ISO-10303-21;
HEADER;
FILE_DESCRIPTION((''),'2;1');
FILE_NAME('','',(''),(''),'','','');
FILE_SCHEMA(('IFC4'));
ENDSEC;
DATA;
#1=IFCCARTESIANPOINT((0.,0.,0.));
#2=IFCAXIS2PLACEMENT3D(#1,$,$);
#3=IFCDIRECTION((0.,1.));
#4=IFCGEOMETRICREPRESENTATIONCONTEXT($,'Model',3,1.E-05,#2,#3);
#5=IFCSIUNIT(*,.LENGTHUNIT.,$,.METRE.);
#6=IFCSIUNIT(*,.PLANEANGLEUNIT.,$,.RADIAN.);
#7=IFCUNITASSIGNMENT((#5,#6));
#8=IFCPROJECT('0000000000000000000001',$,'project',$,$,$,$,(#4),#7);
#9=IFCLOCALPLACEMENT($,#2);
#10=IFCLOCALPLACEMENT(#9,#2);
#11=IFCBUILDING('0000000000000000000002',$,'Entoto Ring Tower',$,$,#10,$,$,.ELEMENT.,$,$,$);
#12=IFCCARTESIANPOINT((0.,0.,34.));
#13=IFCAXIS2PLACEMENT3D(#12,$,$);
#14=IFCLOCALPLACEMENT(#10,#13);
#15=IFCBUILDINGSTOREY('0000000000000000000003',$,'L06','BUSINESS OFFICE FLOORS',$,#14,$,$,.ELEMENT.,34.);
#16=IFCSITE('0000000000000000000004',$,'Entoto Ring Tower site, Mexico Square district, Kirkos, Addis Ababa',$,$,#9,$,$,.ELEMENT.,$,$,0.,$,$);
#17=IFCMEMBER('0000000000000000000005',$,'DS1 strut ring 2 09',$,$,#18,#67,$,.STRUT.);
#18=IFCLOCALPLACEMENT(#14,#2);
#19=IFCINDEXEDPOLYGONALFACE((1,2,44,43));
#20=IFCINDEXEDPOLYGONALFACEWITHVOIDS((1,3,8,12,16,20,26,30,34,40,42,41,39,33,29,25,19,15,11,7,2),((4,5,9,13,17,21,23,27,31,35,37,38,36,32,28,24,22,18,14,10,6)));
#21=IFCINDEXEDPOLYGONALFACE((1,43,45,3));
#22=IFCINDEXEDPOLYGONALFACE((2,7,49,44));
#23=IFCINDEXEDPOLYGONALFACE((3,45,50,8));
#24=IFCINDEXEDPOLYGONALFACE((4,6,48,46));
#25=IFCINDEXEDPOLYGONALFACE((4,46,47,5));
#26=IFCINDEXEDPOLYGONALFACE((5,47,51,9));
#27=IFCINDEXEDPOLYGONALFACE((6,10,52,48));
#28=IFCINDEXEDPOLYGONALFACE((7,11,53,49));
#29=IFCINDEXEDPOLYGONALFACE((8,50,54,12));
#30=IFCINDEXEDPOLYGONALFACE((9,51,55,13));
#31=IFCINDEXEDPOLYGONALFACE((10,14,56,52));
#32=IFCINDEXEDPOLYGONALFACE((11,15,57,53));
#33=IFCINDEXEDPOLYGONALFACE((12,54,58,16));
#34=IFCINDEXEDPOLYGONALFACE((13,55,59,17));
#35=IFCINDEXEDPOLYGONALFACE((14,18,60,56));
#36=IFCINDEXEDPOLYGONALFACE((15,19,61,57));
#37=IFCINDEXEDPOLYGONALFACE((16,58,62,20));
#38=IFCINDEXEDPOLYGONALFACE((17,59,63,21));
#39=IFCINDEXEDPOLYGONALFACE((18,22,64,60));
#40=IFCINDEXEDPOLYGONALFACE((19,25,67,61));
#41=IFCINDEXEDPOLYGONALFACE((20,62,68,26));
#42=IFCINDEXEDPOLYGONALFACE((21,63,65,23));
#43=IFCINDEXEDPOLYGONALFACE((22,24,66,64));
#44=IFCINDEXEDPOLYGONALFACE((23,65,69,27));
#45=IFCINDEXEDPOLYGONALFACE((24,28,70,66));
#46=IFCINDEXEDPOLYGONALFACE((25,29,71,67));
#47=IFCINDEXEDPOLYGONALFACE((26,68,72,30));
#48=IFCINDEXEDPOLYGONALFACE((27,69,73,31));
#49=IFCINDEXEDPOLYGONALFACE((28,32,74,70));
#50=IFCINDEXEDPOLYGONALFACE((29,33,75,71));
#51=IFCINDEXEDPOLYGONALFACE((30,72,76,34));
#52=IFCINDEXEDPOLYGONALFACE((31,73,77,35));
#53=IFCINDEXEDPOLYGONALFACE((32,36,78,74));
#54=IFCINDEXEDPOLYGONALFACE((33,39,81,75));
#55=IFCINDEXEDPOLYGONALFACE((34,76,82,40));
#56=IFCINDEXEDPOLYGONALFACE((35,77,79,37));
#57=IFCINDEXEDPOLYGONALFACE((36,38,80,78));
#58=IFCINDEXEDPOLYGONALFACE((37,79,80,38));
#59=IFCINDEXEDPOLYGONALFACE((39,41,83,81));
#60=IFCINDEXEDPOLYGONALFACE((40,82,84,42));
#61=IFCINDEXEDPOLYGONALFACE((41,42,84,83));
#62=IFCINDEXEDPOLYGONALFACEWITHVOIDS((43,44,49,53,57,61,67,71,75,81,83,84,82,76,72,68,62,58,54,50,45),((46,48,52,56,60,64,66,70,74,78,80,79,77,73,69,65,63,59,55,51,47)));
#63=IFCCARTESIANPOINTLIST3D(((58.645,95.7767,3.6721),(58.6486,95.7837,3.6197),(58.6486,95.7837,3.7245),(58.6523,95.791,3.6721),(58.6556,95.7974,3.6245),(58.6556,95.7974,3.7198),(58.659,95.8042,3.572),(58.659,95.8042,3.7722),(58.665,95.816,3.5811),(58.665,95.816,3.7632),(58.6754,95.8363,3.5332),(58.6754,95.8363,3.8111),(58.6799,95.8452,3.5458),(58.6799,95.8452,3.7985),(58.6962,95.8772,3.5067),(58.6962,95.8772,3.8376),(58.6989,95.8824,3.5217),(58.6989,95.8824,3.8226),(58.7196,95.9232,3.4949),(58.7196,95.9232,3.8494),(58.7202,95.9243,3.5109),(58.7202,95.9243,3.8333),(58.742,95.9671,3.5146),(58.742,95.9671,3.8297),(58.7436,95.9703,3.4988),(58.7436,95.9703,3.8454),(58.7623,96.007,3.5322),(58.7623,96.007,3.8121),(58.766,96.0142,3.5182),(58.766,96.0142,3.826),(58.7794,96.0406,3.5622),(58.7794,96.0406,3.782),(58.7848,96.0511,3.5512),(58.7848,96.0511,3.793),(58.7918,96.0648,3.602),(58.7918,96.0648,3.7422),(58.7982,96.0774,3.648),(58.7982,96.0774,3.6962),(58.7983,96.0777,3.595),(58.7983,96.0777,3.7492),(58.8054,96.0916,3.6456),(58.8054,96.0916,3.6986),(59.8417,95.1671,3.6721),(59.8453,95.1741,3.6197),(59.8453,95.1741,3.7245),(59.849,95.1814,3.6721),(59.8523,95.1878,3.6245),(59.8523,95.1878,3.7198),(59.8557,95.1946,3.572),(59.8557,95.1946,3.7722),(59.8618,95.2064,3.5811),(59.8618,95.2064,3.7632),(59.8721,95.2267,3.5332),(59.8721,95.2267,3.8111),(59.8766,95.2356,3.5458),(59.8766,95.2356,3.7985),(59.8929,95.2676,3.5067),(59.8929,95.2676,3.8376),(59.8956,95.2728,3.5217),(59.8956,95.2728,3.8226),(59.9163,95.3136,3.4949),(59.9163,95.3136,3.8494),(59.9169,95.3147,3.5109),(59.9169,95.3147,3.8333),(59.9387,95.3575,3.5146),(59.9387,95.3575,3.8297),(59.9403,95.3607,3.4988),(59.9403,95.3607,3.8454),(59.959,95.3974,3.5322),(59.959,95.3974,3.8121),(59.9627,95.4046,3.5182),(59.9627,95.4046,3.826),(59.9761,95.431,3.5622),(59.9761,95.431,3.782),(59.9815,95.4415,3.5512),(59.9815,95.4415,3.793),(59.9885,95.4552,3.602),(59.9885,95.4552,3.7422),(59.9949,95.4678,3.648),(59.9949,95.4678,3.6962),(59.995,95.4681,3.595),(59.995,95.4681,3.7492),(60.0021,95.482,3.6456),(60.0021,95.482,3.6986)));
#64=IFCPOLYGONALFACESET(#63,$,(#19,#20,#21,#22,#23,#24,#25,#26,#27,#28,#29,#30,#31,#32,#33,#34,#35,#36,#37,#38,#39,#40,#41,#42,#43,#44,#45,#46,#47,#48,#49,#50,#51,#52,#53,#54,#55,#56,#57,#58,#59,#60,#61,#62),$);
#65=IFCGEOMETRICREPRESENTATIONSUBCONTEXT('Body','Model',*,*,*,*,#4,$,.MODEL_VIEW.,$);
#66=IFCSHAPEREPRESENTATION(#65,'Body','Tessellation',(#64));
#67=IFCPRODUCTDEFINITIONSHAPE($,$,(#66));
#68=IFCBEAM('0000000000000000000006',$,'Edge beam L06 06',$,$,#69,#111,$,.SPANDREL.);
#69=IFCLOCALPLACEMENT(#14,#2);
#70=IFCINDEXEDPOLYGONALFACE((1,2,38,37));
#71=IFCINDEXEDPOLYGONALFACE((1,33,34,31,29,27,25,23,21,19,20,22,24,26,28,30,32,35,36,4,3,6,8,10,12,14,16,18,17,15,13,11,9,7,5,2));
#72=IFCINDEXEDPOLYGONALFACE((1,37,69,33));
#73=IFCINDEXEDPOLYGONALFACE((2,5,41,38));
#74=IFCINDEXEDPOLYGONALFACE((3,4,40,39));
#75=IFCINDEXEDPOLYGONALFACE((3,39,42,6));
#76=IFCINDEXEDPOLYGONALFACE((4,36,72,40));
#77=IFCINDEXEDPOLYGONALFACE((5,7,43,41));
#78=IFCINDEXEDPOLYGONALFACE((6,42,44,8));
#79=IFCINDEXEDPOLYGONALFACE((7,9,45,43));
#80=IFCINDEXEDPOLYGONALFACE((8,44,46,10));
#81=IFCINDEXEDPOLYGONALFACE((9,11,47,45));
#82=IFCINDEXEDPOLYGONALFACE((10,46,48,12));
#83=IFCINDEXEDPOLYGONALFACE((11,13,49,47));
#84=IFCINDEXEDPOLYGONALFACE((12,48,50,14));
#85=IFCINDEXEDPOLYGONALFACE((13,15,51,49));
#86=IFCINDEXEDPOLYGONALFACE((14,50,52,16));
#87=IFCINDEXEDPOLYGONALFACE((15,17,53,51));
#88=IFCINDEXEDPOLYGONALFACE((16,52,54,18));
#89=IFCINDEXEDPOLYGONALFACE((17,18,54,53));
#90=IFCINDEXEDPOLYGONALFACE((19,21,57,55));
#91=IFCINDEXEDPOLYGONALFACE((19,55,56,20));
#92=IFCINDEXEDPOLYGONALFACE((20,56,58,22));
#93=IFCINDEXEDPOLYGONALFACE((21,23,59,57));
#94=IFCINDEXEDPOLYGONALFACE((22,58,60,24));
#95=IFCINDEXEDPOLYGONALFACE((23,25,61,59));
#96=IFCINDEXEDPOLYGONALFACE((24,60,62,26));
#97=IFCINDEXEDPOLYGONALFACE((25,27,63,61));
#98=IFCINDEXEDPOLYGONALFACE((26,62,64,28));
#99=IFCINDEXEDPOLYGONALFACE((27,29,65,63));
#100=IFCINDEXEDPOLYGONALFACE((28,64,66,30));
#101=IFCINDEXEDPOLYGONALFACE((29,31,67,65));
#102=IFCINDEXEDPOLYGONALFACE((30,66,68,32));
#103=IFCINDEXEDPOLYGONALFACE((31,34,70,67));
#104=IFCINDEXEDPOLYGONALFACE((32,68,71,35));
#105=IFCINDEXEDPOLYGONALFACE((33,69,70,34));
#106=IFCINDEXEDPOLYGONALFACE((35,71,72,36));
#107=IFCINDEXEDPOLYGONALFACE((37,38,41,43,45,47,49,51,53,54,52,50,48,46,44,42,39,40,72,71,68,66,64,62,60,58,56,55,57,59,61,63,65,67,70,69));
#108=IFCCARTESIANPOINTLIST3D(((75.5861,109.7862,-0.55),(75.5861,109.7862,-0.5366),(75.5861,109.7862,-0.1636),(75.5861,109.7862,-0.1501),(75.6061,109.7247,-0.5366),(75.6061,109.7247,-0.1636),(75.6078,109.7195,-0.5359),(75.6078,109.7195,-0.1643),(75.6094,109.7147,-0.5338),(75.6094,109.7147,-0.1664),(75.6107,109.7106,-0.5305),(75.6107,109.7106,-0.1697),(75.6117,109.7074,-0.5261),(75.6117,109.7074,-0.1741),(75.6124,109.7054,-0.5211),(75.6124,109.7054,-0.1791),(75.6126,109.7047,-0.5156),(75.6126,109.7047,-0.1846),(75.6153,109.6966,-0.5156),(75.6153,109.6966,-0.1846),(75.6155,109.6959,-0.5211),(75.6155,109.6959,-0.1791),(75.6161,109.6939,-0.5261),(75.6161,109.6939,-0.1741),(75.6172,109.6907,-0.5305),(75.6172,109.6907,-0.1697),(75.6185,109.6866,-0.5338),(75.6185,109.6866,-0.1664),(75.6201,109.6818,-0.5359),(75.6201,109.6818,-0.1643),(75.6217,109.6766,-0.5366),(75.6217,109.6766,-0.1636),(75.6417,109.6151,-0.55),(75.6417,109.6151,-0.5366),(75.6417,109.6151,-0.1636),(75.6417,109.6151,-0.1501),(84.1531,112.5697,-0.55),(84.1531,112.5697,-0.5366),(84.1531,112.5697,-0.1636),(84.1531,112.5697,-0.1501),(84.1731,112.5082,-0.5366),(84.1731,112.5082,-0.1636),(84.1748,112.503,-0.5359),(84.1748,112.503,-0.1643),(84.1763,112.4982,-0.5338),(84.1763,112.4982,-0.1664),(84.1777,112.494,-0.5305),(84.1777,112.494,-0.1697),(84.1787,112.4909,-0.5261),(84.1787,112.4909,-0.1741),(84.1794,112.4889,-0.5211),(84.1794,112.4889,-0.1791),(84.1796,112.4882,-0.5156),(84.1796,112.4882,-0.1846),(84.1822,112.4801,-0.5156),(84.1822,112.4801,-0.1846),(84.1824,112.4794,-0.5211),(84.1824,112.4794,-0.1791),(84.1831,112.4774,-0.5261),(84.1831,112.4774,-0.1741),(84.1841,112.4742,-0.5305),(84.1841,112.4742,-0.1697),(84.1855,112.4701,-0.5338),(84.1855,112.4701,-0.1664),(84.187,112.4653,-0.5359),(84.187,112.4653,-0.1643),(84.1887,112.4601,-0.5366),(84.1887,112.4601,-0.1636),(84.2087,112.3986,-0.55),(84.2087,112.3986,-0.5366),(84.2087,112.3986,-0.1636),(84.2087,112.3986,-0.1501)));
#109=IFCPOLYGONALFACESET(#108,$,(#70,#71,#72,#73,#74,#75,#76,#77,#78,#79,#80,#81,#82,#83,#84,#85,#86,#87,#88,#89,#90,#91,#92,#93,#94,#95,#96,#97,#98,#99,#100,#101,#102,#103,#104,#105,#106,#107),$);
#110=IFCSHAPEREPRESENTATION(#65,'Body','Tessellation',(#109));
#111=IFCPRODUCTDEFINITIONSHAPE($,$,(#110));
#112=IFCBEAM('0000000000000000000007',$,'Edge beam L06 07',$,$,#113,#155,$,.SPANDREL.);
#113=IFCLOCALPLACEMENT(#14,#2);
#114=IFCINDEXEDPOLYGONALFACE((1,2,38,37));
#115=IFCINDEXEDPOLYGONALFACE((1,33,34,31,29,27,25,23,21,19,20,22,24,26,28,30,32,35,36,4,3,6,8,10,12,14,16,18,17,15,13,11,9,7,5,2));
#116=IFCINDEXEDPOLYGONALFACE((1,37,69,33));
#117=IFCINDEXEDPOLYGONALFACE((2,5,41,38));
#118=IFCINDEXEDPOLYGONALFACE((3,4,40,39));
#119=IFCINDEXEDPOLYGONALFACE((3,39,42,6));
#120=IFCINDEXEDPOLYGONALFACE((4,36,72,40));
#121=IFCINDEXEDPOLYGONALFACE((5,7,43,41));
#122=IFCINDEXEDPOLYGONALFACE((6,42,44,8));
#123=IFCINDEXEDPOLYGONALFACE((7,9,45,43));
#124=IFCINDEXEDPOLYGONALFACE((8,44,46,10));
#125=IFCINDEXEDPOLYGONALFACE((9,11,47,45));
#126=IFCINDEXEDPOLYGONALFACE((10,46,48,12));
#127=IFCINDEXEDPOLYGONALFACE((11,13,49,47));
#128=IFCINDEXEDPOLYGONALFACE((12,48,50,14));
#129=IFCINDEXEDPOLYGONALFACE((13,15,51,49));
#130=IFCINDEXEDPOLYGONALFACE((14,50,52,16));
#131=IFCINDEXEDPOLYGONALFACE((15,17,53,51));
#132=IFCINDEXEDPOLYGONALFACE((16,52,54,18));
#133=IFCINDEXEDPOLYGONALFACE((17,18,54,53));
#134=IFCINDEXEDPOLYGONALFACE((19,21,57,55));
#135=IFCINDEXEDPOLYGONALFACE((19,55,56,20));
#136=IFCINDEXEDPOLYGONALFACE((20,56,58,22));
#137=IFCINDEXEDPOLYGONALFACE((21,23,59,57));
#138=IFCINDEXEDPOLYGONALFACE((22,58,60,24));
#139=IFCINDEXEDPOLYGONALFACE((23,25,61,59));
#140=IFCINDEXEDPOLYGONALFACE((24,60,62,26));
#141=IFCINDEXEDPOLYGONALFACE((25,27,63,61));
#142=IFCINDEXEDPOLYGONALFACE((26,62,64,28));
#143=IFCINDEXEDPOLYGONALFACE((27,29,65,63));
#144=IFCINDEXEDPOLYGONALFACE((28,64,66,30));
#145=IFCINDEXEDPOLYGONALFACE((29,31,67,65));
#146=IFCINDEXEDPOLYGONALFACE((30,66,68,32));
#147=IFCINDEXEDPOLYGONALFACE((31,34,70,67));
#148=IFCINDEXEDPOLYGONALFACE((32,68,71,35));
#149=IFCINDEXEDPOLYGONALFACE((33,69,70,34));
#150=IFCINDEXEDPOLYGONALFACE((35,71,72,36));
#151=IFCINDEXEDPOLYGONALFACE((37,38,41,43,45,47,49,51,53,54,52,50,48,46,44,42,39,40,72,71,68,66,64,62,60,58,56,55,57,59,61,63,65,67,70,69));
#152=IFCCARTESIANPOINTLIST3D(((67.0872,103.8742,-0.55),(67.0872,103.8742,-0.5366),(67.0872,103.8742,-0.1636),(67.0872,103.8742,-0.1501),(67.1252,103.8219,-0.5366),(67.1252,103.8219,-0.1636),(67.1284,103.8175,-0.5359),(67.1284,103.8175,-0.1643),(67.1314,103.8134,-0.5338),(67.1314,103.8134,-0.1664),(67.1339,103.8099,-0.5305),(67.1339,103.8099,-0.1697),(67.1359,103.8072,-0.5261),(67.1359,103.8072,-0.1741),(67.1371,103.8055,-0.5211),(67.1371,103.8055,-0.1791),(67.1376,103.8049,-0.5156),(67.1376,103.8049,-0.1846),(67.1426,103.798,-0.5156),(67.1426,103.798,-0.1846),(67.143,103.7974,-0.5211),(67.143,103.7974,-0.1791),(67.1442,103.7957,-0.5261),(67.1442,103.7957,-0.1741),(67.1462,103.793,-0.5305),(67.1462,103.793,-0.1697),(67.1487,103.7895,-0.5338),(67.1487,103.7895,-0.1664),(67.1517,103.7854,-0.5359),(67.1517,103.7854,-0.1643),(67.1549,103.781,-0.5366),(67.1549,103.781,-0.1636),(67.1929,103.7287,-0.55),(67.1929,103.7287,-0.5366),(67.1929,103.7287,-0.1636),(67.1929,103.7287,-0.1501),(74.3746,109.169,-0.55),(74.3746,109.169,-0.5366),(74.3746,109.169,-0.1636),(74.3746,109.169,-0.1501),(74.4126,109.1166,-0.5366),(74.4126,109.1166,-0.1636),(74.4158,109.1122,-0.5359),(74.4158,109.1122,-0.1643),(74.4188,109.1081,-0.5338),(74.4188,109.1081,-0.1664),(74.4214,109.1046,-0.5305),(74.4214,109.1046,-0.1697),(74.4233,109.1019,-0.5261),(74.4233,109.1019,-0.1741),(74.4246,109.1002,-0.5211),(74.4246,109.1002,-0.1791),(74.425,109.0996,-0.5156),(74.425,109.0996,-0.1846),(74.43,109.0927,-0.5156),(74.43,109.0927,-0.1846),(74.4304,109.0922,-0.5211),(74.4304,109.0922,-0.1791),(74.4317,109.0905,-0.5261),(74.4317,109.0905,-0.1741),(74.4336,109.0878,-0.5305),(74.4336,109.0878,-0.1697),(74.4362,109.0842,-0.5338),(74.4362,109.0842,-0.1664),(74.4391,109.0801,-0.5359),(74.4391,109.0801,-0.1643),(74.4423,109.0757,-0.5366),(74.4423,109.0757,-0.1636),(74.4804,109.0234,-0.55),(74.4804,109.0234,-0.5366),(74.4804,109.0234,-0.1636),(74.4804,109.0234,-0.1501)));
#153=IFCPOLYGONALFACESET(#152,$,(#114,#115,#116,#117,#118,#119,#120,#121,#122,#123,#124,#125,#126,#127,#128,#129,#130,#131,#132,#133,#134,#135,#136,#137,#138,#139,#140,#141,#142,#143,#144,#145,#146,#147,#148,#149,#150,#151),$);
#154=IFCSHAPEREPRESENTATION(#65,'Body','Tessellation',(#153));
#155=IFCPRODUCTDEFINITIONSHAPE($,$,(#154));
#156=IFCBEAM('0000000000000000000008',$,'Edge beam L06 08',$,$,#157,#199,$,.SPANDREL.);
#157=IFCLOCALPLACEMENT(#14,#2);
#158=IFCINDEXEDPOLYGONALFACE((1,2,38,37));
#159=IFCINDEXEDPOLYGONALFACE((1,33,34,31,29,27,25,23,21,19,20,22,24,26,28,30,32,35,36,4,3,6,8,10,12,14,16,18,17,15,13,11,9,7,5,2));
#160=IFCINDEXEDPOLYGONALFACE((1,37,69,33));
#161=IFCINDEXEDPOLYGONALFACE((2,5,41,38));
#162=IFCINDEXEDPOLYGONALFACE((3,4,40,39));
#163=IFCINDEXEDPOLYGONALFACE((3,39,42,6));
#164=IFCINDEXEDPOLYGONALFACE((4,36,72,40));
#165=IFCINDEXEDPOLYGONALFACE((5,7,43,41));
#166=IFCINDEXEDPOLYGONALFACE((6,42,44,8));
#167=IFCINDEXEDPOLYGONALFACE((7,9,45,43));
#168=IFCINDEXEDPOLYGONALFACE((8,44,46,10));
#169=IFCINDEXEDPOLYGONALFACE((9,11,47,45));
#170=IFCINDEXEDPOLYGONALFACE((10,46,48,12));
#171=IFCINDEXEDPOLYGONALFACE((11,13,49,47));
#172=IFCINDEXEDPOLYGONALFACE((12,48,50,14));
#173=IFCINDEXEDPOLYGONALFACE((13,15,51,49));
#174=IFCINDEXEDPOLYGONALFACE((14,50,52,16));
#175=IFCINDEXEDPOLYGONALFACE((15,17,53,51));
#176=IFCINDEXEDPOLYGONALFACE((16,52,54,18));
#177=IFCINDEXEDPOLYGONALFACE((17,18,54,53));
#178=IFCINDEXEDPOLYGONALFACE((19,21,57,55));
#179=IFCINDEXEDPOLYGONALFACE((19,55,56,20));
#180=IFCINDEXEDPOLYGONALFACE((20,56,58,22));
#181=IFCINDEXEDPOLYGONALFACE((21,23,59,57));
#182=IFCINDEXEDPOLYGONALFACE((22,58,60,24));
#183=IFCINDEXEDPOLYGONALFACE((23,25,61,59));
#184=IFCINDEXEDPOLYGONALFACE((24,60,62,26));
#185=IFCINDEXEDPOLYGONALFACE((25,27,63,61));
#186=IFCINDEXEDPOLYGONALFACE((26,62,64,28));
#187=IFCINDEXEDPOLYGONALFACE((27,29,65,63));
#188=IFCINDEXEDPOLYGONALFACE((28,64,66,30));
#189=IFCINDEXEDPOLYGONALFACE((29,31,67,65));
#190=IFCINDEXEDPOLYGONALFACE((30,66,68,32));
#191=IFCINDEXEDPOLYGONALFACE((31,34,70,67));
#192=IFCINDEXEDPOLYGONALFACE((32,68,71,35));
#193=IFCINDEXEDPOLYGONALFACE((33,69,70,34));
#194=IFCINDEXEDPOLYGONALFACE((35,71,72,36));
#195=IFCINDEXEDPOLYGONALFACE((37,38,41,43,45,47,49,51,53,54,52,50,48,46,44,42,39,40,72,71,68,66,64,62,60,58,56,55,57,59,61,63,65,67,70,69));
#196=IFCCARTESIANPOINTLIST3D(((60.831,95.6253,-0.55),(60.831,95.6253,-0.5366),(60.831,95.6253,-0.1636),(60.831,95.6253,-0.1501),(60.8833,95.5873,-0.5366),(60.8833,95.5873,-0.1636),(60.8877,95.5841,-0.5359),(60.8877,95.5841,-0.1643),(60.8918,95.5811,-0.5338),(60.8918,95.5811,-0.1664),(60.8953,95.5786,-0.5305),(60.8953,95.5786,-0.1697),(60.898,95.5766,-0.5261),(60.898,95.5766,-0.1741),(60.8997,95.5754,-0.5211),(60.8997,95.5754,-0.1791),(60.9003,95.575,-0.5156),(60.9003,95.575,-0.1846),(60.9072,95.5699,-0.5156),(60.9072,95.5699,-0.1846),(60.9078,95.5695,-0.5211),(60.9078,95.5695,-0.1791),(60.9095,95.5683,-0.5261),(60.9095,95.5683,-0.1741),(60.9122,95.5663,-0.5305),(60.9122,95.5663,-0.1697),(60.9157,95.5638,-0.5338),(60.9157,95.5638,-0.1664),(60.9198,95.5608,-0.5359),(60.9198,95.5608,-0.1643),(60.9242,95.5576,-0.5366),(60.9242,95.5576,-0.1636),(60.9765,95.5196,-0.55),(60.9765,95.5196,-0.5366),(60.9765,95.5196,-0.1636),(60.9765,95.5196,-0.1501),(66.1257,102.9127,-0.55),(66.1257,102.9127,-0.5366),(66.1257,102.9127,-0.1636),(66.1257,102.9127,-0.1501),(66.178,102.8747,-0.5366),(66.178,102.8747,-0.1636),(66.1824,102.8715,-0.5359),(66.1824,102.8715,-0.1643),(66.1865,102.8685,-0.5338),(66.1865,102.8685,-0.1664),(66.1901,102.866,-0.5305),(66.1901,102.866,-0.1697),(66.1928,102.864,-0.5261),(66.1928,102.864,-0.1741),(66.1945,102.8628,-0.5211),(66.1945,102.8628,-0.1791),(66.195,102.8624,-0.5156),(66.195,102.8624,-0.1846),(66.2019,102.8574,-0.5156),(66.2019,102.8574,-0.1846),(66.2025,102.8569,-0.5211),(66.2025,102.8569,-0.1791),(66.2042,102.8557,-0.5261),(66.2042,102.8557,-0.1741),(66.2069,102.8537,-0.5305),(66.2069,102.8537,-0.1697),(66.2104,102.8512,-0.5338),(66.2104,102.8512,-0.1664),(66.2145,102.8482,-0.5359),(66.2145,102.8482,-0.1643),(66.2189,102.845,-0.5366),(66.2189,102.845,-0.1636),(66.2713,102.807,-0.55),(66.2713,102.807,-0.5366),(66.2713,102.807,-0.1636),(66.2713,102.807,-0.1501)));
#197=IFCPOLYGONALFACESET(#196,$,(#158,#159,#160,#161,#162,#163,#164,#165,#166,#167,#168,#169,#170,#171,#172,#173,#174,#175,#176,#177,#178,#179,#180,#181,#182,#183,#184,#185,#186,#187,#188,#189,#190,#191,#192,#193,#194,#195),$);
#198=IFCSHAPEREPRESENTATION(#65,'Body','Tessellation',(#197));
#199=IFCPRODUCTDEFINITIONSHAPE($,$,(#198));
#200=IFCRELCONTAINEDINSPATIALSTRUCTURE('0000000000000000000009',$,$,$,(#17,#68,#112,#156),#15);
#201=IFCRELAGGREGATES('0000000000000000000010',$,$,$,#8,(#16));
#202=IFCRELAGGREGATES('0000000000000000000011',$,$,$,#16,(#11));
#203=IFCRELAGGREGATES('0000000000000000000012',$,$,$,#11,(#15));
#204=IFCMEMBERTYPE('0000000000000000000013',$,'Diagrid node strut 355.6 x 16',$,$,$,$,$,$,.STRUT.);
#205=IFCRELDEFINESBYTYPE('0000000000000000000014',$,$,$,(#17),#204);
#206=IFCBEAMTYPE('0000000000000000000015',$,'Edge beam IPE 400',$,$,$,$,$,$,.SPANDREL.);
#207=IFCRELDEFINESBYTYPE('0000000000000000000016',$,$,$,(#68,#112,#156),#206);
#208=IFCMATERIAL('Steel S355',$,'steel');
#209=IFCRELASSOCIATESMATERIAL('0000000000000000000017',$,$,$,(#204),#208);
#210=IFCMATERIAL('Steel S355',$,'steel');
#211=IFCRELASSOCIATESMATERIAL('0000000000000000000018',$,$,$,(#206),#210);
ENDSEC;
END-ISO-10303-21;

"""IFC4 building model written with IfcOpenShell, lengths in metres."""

from ifc_helpers import new_model, si_unit, direction, frame, origin, origin_2d, place, context, subcontext, project, spatial, circle, hollow_circle, i_section, extrude, material, material_profile, profile_set, type_object, element, save


model = new_model("IFC4")

# Units and contexts
model_context = context("Model", 3, precision=1e-05, world=origin(), true_north=direction((0.0, 1.0)))
body_context = subcontext(model_context, "Body", "Model", "MODEL_VIEW")
ifc_project = project(units=[si_unit("LENGTHUNIT", "METRE"), si_unit("PLANEANGLEUNIT", "RADIAN")], contexts=[model_context])

# Site, building, storey
site_placement = place(None, origin())
site = spatial("IfcSite", under=ifc_project, at=site_placement, Name="Entoto Ring Tower site, Mexico Square district, Kirkos, Addis Ababa", CompositionType="ELEMENT", RefElevation=0.0)
building_placement = place(site_placement, origin())
building = spatial("IfcBuilding", under=site, at=building_placement, Name="Entoto Ring Tower", CompositionType="ELEMENT")
storey_placement = place(building_placement, frame((0.0, 0.0, 34.0)))
storey = spatial("IfcBuildingStorey", under=building, at=storey_placement, Name="L06", Description="BUSINESS OFFICE FLOORS", CompositionType="ELEMENT", Elevation=34.0)

# Member
ifc_material_1 = material(Name="Steel S355", Category="steel")
ifc_material_profile_1 = material_profile(ifc_material_1, hollow_circle(Radius=0.1777, WallThickness=0.0161, at=origin_2d()), Name="CHS 355.6 x 16")
ifc_material_2 = material(Name="Concrete C60/75", Category="concrete")
ifc_material_profile_2 = material_profile(ifc_material_2, circle(Radius=0.1619, at=origin_2d()), Name="Concrete C60/75 infill")
ifc_profile_set_1 = profile_set([ifc_material_profile_1, ifc_material_profile_2], Name="Steel S355")
member_type = type_object("IfcMemberType", Name="Diagrid node strut 355.6 x 16", PredefinedType="STRUT", material=ifc_profile_set_1)
member_1_placement = place(storey_placement, frame((59.9224, 95.3254, 3.6721), z_axis=(-0.891058, 0.45389, 0.0), x_axis=(-0.45389, -0.891058, 0.0)))
element("IfcMember", 1, at=member_1_placement, inside=storey, type_object=member_type, Name="DS1 strut ring 2 09", PredefinedType="STRUT", context=body_context, shape_type="SweptSolid", body=[
    extrude(hollow_circle(Radius=0.1777, WallThickness=0.0161, at=origin_2d()), origin(), (0.0, 0.0, 1.0), 1.343),
])

# Beams
ifc_material_3 = material(Name="Steel S355", Category="steel")
ifc_material_profile_3 = material_profile(ifc_material_3, i_section(OverallWidth=0.1799, OverallDepth=0.3999, WebThickness=0.0085, FlangeThickness=0.0134, FilletRadius=0.021, at=origin_2d()), Name="IPE 400")
ifc_profile_set_2 = profile_set([ifc_material_profile_3], Name="Steel S355")
beam_type_1 = type_object("IfcBeamType", Name="Edge beam IPE 400", PredefinedType="SPANDREL", material=ifc_profile_set_2)
for number, where, z_axis, x_axis, name in (
    (2, (84.1809, 112.4841, -0.3501), (-0.95106, -0.309006, 0.0), (0.309006, -0.95106, 0.0), "Edge beam L06 06"),
    (3, (74.4275, 109.0962, -0.3501), (-0.809011, -0.587793, 0.0), (0.587793, -0.809011, 0.0), "Edge beam L06 07"),
    (4, (66.1985, 102.8599, -0.3501), (-0.587793, -0.809011, 0.0), (0.809011, -0.587793, 0.0), "Edge beam L06 08"),
):
    element("IfcBeam", number, at=place(storey_placement, frame(where, z_axis=z_axis, x_axis=x_axis)), inside=storey, type_object=beam_type_1, Name=name, PredefinedType="SPANDREL", context=body_context, shape_type="SweptSolid", body=[
        extrude(i_section(OverallWidth=0.1799, OverallDepth=0.3999, WebThickness=0.0085, FlangeThickness=0.0134, FilletRadius=0.021, at=origin_2d()), origin(), (0.0, 0.0, 1.0), 9.0078),
    ])

save(model, "model.ifc")
